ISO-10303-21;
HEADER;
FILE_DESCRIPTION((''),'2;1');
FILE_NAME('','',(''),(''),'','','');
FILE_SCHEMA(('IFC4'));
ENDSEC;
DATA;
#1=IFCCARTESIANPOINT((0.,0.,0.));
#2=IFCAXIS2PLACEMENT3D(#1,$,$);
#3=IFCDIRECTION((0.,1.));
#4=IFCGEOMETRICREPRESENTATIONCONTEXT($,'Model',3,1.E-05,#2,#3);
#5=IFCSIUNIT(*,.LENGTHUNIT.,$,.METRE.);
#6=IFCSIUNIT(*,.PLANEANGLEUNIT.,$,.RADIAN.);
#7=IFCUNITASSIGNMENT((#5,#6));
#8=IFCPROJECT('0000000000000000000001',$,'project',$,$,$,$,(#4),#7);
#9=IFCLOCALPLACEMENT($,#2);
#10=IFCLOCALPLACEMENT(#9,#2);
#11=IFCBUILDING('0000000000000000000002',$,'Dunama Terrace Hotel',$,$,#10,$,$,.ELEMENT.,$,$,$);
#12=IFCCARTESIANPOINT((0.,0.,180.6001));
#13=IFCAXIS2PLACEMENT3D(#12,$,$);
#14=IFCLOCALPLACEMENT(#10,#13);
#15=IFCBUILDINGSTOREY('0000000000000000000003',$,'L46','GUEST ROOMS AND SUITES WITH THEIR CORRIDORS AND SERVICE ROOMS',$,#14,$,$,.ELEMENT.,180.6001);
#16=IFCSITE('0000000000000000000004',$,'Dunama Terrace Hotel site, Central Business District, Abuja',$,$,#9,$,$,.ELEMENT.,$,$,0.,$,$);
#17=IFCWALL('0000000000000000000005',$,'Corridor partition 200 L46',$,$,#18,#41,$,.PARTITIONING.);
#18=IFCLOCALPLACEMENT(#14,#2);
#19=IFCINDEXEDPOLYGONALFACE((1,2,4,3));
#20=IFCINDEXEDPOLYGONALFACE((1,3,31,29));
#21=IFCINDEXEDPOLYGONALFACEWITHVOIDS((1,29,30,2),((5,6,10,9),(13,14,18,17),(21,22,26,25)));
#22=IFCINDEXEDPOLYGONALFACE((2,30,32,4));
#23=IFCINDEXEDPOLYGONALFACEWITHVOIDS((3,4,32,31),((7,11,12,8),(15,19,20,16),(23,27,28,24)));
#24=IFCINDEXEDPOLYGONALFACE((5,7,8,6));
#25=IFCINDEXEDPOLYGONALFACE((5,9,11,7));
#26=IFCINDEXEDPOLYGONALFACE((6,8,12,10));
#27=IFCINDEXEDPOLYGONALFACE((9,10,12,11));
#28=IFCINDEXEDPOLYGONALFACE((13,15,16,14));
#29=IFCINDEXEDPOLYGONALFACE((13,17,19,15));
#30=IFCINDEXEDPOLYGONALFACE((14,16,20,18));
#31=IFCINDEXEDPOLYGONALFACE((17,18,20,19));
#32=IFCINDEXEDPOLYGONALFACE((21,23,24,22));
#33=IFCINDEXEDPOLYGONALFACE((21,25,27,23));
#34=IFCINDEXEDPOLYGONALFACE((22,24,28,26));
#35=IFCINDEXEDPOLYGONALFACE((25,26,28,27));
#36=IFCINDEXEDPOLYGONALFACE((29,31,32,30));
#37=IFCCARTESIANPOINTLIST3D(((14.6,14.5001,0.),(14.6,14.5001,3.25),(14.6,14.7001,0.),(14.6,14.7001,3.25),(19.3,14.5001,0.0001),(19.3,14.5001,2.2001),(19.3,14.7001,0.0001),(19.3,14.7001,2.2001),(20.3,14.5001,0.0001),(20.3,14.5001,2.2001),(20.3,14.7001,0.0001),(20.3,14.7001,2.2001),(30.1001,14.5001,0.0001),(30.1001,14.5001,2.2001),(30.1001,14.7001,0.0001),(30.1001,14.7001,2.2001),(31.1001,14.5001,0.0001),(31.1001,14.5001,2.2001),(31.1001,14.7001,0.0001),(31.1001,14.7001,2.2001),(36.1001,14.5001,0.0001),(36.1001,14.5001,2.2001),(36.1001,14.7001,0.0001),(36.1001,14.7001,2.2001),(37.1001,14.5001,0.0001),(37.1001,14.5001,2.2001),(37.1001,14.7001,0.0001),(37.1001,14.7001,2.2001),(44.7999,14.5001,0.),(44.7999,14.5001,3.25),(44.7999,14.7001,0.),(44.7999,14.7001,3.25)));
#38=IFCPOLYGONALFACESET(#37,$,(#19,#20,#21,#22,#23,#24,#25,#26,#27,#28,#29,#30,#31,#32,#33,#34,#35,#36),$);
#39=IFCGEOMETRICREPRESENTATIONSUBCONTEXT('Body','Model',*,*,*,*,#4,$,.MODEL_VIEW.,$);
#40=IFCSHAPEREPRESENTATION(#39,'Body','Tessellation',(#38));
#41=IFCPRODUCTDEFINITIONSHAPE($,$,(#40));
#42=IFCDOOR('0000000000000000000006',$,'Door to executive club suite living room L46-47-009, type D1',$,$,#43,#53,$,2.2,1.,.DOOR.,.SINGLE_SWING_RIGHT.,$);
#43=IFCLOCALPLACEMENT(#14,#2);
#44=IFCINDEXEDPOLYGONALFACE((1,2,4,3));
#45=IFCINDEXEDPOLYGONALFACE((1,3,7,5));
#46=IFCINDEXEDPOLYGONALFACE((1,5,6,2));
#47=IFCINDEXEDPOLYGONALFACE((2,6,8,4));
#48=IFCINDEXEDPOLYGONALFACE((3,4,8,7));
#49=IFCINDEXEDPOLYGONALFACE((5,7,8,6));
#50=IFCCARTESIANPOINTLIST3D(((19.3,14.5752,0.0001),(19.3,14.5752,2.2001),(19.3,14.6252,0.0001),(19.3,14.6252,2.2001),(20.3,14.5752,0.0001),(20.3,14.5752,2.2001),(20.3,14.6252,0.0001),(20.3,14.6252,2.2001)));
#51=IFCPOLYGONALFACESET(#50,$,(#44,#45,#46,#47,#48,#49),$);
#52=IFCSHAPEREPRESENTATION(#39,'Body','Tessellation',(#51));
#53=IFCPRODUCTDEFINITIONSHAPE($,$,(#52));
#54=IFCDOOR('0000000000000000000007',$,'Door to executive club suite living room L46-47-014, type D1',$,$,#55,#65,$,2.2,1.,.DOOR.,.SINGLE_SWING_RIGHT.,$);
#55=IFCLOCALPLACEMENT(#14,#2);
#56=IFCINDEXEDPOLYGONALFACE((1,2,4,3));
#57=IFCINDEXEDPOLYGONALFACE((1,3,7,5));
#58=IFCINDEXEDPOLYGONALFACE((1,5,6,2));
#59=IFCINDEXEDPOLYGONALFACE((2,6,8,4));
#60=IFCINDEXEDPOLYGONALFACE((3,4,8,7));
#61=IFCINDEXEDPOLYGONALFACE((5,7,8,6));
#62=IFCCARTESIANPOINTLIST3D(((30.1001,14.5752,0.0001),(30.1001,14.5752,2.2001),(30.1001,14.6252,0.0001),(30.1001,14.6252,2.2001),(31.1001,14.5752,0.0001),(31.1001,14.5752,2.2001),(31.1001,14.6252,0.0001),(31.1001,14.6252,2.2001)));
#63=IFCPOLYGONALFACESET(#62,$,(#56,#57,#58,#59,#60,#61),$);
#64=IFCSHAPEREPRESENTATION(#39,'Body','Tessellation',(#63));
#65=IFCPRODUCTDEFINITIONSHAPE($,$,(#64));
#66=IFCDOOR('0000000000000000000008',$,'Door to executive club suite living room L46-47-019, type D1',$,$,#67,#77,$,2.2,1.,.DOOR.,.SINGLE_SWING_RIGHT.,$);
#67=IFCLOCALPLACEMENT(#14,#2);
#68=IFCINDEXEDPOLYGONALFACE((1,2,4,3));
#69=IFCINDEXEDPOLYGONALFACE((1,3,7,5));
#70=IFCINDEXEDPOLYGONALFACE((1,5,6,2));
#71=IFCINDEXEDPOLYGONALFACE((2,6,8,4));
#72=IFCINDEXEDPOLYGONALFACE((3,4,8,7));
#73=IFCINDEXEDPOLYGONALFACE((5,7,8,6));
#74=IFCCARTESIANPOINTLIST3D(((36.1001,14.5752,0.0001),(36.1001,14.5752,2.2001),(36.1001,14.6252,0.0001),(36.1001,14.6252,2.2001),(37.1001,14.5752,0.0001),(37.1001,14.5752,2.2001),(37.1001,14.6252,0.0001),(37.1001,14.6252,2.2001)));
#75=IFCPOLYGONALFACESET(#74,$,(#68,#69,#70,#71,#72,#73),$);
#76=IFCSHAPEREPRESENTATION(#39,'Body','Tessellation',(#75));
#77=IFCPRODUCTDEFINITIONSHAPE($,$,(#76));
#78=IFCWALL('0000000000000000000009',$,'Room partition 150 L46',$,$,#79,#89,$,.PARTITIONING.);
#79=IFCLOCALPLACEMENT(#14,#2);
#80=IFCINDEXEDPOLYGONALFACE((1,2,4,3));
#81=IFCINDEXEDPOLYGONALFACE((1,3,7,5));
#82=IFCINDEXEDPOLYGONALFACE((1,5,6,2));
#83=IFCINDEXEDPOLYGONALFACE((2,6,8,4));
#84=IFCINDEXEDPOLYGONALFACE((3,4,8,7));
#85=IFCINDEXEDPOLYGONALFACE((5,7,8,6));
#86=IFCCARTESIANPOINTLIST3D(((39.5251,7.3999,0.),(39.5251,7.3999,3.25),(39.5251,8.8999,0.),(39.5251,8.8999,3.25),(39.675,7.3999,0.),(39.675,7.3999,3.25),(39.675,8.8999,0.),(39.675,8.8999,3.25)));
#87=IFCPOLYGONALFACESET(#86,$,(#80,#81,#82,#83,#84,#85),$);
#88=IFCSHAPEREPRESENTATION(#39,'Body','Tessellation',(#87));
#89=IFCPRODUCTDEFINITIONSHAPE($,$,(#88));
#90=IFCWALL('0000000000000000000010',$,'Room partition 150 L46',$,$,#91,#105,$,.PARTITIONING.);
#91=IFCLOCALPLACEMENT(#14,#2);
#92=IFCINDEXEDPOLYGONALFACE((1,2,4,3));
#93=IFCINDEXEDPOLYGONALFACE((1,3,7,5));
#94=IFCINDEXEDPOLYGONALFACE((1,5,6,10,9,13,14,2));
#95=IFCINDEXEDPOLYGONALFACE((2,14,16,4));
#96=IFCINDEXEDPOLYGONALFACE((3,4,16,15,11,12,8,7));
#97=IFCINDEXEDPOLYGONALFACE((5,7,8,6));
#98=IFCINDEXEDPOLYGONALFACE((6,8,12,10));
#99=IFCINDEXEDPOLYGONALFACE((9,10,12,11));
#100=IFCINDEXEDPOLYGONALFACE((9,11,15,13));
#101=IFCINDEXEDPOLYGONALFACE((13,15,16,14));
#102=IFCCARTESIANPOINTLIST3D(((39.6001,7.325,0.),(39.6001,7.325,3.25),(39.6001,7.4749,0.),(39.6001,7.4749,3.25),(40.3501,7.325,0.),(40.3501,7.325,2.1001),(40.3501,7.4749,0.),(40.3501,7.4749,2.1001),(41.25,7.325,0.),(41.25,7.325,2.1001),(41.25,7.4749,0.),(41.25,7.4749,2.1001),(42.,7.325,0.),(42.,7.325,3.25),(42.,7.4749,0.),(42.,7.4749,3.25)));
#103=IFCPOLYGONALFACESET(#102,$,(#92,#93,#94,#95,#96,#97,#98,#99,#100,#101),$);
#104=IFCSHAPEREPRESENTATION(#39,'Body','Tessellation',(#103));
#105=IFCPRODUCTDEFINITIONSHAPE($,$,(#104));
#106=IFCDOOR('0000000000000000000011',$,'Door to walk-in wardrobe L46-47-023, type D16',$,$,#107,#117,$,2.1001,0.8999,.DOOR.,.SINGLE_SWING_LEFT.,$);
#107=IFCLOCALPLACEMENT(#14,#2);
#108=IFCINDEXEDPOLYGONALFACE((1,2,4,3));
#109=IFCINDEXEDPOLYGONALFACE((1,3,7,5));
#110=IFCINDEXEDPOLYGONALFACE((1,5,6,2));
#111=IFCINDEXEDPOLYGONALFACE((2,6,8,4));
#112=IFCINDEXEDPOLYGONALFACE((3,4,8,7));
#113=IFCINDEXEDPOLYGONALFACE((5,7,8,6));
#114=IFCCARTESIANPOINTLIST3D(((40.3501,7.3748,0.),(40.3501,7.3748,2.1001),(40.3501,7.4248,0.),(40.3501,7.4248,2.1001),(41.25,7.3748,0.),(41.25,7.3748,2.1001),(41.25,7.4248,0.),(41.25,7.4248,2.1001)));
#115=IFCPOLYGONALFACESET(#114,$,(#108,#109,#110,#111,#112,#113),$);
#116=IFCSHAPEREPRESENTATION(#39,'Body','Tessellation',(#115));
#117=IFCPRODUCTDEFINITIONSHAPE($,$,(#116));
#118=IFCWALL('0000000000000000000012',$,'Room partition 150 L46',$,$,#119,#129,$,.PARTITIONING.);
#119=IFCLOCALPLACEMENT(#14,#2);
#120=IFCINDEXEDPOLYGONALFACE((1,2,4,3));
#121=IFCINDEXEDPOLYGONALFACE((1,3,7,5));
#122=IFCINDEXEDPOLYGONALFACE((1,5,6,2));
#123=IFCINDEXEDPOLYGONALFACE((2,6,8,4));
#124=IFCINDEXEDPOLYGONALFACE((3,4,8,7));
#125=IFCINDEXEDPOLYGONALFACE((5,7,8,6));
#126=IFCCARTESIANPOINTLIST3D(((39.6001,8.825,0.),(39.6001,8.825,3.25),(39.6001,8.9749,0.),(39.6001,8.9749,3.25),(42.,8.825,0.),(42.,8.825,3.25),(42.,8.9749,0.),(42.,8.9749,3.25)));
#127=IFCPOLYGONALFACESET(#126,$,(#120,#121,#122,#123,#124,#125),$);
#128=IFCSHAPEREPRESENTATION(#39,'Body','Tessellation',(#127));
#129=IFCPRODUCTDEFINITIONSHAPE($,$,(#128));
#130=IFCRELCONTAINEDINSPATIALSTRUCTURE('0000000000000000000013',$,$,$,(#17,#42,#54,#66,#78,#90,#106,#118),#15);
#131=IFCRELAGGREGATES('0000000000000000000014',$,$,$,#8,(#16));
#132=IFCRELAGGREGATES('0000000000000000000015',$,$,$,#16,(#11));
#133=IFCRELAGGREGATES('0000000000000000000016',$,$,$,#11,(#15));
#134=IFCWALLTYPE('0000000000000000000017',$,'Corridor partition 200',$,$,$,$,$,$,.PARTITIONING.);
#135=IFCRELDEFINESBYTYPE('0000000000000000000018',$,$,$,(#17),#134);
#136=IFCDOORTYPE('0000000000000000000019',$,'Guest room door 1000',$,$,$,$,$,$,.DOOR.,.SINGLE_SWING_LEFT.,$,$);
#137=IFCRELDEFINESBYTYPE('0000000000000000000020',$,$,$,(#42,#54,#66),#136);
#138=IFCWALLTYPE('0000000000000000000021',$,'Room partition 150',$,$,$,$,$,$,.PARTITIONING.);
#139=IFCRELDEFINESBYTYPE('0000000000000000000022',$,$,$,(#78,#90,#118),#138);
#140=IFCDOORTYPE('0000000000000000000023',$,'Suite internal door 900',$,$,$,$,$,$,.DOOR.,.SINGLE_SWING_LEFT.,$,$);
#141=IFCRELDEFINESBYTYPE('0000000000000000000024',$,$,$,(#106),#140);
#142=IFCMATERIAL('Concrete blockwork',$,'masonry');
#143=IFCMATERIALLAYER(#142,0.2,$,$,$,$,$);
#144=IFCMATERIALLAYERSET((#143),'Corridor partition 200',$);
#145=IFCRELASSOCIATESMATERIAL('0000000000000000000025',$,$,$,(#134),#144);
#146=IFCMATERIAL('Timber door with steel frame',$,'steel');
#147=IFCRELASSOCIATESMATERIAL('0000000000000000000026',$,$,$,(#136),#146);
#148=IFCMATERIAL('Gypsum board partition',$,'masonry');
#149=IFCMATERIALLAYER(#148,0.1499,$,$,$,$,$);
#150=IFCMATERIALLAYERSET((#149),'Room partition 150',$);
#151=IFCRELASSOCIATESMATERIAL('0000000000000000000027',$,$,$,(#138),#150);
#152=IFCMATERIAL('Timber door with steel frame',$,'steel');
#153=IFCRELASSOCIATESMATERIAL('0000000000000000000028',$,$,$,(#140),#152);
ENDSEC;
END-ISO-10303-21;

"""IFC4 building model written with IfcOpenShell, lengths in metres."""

from ifc_helpers import new_model, si_unit, direction, frame, frame_2d, origin, place, context, subcontext, project, spatial, rectangle, extrude, material, layer, layer_set, type_object, element, fill, save


model = new_model("IFC4")

# Units and contexts
model_context = context("Model", 3, precision=1e-05, world=origin(), true_north=direction((0.0, 1.0)))
body_context = subcontext(model_context, "Body", "Model", "MODEL_VIEW")
ifc_project = project(units=[si_unit("LENGTHUNIT", "METRE"), si_unit("PLANEANGLEUNIT", "RADIAN")], contexts=[model_context])

# Site, building, storey
site_placement = place(None, origin())
site = spatial("IfcSite", under=ifc_project, at=site_placement, Name="Dunama Terrace Hotel site, Central Business District, Abuja", CompositionType="ELEMENT", RefElevation=0.0)
building_placement = place(site_placement, origin())
building = spatial("IfcBuilding", under=site, at=building_placement, Name="Dunama Terrace Hotel", CompositionType="ELEMENT")
storey_placement = place(building_placement, frame((0.0, 0.0, 180.6001)))
storey = spatial("IfcBuildingStorey", under=building, at=storey_placement, Name="L46", Description="GUEST ROOMS AND SUITES WITH THEIR CORRIDORS AND SERVICE ROOMS", CompositionType="ELEMENT", Elevation=180.6001)

# Wall, openings, doors
ifc_material_1 = material(Name="Concrete blockwork", Category="masonry")
ifc_layer_1 = layer(ifc_material_1, 0.2)
ifc_layer_set_1 = layer_set([ifc_layer_1], Name="Corridor partition 200")
wall_type_1 = type_object("IfcWallType", Name="Corridor partition 200", PredefinedType="PARTITIONING", material=ifc_layer_set_1)
wall_1_placement = place(storey_placement, frame((44.8, 14.6001, 0.0), z_axis=(0.0, 0.0, 1.0), x_axis=(-1.0, 0.0, 0.0)))
wall_1 = element("IfcWall", 1, at=wall_1_placement, inside=storey, type_object=wall_type_1, Name="Corridor partition 200 L46", PredefinedType="PARTITIONING", context=body_context, shape_type="SweptSolid", body=[
    extrude(rectangle(XDim=30.2, YDim=0.2, at=frame_2d((15.1001, 0.0))), origin(), (0.0, 0.0, 1.0), 3.25),
])
opening_1_placement = place(wall_1_placement, frame((24.5, 0.0, 0.0)))
opening_1 = element("IfcOpeningElement", 2, at=opening_1_placement, cuts=wall_1, PredefinedType="OPENING", context=body_context, shape_type="SweptSolid", body=[
    extrude(rectangle(XDim=1.0, YDim=2.2, at=frame_2d((0.5, 1.1001))), frame((0.0, 0.1099, 0.0), z_axis=(0.0, -1.0, 0.0), x_axis=(1.0, 0.0, 0.0)), (0.0, 0.0, 1.0), 0.22),
])
opening_2_placement = place(wall_1_placement, frame((13.7, 0.0, 0.0)))
opening_2 = element("IfcOpeningElement", 3, at=opening_2_placement, cuts=wall_1, PredefinedType="OPENING", context=body_context, shape_type="SweptSolid", body=[
    extrude(rectangle(XDim=1.0, YDim=2.2, at=frame_2d((0.5, 1.1001))), frame((0.0, 0.1099, 0.0), z_axis=(0.0, -1.0, 0.0), x_axis=(1.0, 0.0, 0.0)), (0.0, 0.0, 1.0), 0.22),
])
opening_3_placement = place(wall_1_placement, frame((7.7, 0.0, 0.0)))
opening_3 = element("IfcOpeningElement", 4, at=opening_3_placement, cuts=wall_1, PredefinedType="OPENING", context=body_context, shape_type="SweptSolid", body=[
    extrude(rectangle(XDim=1.0, YDim=2.2, at=frame_2d((0.5, 1.1001))), frame((0.0, 0.1099, 0.0), z_axis=(0.0, -1.0, 0.0), x_axis=(1.0, 0.0, 0.0)), (0.0, 0.0, 1.0), 0.22),
])
ifc_material_2 = material(Name="Timber door with steel frame", Category="steel")
door_type_1 = type_object("IfcDoorType", Name="Guest room door 1000", OperationType="SINGLE_SWING_LEFT", PredefinedType="DOOR", material=ifc_material_2)
door_1_placement = place(opening_1_placement, origin())
door_1 = element("IfcDoor", 5, at=door_1_placement, inside=storey, type_object=door_type_1, Name="Door to executive club suite living room L46-47-009, type D1", OperationType="SINGLE_SWING_RIGHT", OverallHeight=2.2, OverallWidth=1.0, PredefinedType="DOOR", context=body_context, shape_type="SweptSolid", body=[
    extrude(rectangle(XDim=1.0, YDim=2.2, at=frame_2d((0.5, 1.1001))), frame((0.0, 0.0249, 0.0), z_axis=(0.0, -1.0, 0.0), x_axis=(1.0, 0.0, 0.0)), (0.0, 0.0, 1.0), 0.05),
])
fill(opening_1, door_1)
door_2_placement = place(opening_2_placement, origin())
door_2 = element("IfcDoor", 6, at=door_2_placement, inside=storey, type_object=door_type_1, Name="Door to executive club suite living room L46-47-014, type D1", OperationType="SINGLE_SWING_RIGHT", OverallHeight=2.2, OverallWidth=1.0, PredefinedType="DOOR", context=body_context, shape_type="SweptSolid", body=[
    extrude(rectangle(XDim=1.0, YDim=2.2, at=frame_2d((0.5, 1.1001))), frame((0.0, 0.0249, 0.0), z_axis=(0.0, -1.0, 0.0), x_axis=(1.0, 0.0, 0.0)), (0.0, 0.0, 1.0), 0.05),
])
fill(opening_2, door_2)
door_3_placement = place(opening_3_placement, origin())
door_3 = element("IfcDoor", 7, at=door_3_placement, inside=storey, type_object=door_type_1, Name="Door to executive club suite living room L46-47-019, type D1", OperationType="SINGLE_SWING_RIGHT", OverallHeight=2.2, OverallWidth=1.0, PredefinedType="DOOR", context=body_context, shape_type="SweptSolid", body=[
    extrude(rectangle(XDim=1.0, YDim=2.2, at=frame_2d((0.5, 1.1001))), frame((0.0, 0.0249, 0.0), z_axis=(0.0, -1.0, 0.0), x_axis=(1.0, 0.0, 0.0)), (0.0, 0.0, 1.0), 0.05),
])
fill(opening_3, door_3)

# Wall
ifc_material_3 = material(Name="Gypsum board partition", Category="masonry")
ifc_layer_2 = layer(ifc_material_3, 0.1499)
ifc_layer_set_2 = layer_set([ifc_layer_2], Name="Room partition 150")
wall_type_2 = type_object("IfcWallType", Name="Room partition 150", PredefinedType="PARTITIONING", material=ifc_layer_set_2)
wall_2_placement = place(storey_placement, frame((39.6001, 7.3999, 0.0), z_axis=(0.0, 0.0, 1.0), x_axis=(0.0, 1.0, 0.0)))
element("IfcWall", 8, at=wall_2_placement, inside=storey, type_object=wall_type_2, Name="Room partition 150 L46", PredefinedType="PARTITIONING", context=body_context, shape_type="SweptSolid", body=[
    extrude(rectangle(XDim=1.5, YDim=0.1499, at=frame_2d((0.75, 0.0))), origin(), (0.0, 0.0, 1.0), 3.25),
])

# Wall, opening, door
wall_3_placement = place(storey_placement, frame((39.6001, 7.3999, 0.0), z_axis=(0.0, 0.0, 1.0), x_axis=(1.0, 0.0, 0.0)))
wall_3 = element("IfcWall", 9, at=wall_3_placement, inside=storey, type_object=wall_type_2, Name="Room partition 150 L46", PredefinedType="PARTITIONING", context=body_context, shape_type="SweptSolid", body=[
    extrude(rectangle(XDim=2.3999, YDim=0.1499, at=frame_2d((1.2, 0.0))), origin(), (0.0, 0.0, 1.0), 3.25),
])
opening_4_placement = place(wall_3_placement, frame((0.75, 0.0, 0.0)))
opening_4 = element("IfcOpeningElement", 10, at=opening_4_placement, cuts=wall_3, PredefinedType="OPENING", context=body_context, shape_type="SweptSolid", body=[
    extrude(rectangle(XDim=0.8999, YDim=2.1001, at=frame_2d((0.45, 1.05))), frame((0.0, 0.085, 0.0), z_axis=(0.0, -1.0, 0.0), x_axis=(1.0, 0.0, 0.0)), (0.0, 0.0, 1.0), 0.1699),
])
ifc_material_4 = material(Name="Timber door with steel frame", Category="steel")
door_type_2 = type_object("IfcDoorType", Name="Suite internal door 900", OperationType="SINGLE_SWING_LEFT", PredefinedType="DOOR", material=ifc_material_4)
door_4_placement = place(opening_4_placement, origin())
door_4 = element("IfcDoor", 11, at=door_4_placement, inside=storey, type_object=door_type_2, Name="Door to walk-in wardrobe L46-47-023, type D16", OperationType="SINGLE_SWING_LEFT", OverallHeight=2.1001, OverallWidth=0.8999, PredefinedType="DOOR", context=body_context, shape_type="SweptSolid", body=[
    extrude(rectangle(XDim=0.8999, YDim=2.1001, at=frame_2d((0.45, 1.05))), frame((0.0, 0.0249, 0.0), z_axis=(0.0, -1.0, 0.0), x_axis=(1.0, 0.0, 0.0)), (0.0, 0.0, 1.0), 0.05),
])
fill(opening_4, door_4)

# Wall
wall_4_placement = place(storey_placement, frame((39.6001, 8.8999, 0.0), z_axis=(0.0, 0.0, 1.0), x_axis=(1.0, 0.0, 0.0)))
element("IfcWall", 12, at=wall_4_placement, inside=storey, type_object=wall_type_2, Name="Room partition 150 L46", PredefinedType="PARTITIONING", context=body_context, shape_type="SweptSolid", body=[
    extrude(rectangle(XDim=2.3999, YDim=0.1499, at=frame_2d((1.2, 0.0))), origin(), (0.0, 0.0, 1.0), 3.25),
])

save(model, "model.ifc")
